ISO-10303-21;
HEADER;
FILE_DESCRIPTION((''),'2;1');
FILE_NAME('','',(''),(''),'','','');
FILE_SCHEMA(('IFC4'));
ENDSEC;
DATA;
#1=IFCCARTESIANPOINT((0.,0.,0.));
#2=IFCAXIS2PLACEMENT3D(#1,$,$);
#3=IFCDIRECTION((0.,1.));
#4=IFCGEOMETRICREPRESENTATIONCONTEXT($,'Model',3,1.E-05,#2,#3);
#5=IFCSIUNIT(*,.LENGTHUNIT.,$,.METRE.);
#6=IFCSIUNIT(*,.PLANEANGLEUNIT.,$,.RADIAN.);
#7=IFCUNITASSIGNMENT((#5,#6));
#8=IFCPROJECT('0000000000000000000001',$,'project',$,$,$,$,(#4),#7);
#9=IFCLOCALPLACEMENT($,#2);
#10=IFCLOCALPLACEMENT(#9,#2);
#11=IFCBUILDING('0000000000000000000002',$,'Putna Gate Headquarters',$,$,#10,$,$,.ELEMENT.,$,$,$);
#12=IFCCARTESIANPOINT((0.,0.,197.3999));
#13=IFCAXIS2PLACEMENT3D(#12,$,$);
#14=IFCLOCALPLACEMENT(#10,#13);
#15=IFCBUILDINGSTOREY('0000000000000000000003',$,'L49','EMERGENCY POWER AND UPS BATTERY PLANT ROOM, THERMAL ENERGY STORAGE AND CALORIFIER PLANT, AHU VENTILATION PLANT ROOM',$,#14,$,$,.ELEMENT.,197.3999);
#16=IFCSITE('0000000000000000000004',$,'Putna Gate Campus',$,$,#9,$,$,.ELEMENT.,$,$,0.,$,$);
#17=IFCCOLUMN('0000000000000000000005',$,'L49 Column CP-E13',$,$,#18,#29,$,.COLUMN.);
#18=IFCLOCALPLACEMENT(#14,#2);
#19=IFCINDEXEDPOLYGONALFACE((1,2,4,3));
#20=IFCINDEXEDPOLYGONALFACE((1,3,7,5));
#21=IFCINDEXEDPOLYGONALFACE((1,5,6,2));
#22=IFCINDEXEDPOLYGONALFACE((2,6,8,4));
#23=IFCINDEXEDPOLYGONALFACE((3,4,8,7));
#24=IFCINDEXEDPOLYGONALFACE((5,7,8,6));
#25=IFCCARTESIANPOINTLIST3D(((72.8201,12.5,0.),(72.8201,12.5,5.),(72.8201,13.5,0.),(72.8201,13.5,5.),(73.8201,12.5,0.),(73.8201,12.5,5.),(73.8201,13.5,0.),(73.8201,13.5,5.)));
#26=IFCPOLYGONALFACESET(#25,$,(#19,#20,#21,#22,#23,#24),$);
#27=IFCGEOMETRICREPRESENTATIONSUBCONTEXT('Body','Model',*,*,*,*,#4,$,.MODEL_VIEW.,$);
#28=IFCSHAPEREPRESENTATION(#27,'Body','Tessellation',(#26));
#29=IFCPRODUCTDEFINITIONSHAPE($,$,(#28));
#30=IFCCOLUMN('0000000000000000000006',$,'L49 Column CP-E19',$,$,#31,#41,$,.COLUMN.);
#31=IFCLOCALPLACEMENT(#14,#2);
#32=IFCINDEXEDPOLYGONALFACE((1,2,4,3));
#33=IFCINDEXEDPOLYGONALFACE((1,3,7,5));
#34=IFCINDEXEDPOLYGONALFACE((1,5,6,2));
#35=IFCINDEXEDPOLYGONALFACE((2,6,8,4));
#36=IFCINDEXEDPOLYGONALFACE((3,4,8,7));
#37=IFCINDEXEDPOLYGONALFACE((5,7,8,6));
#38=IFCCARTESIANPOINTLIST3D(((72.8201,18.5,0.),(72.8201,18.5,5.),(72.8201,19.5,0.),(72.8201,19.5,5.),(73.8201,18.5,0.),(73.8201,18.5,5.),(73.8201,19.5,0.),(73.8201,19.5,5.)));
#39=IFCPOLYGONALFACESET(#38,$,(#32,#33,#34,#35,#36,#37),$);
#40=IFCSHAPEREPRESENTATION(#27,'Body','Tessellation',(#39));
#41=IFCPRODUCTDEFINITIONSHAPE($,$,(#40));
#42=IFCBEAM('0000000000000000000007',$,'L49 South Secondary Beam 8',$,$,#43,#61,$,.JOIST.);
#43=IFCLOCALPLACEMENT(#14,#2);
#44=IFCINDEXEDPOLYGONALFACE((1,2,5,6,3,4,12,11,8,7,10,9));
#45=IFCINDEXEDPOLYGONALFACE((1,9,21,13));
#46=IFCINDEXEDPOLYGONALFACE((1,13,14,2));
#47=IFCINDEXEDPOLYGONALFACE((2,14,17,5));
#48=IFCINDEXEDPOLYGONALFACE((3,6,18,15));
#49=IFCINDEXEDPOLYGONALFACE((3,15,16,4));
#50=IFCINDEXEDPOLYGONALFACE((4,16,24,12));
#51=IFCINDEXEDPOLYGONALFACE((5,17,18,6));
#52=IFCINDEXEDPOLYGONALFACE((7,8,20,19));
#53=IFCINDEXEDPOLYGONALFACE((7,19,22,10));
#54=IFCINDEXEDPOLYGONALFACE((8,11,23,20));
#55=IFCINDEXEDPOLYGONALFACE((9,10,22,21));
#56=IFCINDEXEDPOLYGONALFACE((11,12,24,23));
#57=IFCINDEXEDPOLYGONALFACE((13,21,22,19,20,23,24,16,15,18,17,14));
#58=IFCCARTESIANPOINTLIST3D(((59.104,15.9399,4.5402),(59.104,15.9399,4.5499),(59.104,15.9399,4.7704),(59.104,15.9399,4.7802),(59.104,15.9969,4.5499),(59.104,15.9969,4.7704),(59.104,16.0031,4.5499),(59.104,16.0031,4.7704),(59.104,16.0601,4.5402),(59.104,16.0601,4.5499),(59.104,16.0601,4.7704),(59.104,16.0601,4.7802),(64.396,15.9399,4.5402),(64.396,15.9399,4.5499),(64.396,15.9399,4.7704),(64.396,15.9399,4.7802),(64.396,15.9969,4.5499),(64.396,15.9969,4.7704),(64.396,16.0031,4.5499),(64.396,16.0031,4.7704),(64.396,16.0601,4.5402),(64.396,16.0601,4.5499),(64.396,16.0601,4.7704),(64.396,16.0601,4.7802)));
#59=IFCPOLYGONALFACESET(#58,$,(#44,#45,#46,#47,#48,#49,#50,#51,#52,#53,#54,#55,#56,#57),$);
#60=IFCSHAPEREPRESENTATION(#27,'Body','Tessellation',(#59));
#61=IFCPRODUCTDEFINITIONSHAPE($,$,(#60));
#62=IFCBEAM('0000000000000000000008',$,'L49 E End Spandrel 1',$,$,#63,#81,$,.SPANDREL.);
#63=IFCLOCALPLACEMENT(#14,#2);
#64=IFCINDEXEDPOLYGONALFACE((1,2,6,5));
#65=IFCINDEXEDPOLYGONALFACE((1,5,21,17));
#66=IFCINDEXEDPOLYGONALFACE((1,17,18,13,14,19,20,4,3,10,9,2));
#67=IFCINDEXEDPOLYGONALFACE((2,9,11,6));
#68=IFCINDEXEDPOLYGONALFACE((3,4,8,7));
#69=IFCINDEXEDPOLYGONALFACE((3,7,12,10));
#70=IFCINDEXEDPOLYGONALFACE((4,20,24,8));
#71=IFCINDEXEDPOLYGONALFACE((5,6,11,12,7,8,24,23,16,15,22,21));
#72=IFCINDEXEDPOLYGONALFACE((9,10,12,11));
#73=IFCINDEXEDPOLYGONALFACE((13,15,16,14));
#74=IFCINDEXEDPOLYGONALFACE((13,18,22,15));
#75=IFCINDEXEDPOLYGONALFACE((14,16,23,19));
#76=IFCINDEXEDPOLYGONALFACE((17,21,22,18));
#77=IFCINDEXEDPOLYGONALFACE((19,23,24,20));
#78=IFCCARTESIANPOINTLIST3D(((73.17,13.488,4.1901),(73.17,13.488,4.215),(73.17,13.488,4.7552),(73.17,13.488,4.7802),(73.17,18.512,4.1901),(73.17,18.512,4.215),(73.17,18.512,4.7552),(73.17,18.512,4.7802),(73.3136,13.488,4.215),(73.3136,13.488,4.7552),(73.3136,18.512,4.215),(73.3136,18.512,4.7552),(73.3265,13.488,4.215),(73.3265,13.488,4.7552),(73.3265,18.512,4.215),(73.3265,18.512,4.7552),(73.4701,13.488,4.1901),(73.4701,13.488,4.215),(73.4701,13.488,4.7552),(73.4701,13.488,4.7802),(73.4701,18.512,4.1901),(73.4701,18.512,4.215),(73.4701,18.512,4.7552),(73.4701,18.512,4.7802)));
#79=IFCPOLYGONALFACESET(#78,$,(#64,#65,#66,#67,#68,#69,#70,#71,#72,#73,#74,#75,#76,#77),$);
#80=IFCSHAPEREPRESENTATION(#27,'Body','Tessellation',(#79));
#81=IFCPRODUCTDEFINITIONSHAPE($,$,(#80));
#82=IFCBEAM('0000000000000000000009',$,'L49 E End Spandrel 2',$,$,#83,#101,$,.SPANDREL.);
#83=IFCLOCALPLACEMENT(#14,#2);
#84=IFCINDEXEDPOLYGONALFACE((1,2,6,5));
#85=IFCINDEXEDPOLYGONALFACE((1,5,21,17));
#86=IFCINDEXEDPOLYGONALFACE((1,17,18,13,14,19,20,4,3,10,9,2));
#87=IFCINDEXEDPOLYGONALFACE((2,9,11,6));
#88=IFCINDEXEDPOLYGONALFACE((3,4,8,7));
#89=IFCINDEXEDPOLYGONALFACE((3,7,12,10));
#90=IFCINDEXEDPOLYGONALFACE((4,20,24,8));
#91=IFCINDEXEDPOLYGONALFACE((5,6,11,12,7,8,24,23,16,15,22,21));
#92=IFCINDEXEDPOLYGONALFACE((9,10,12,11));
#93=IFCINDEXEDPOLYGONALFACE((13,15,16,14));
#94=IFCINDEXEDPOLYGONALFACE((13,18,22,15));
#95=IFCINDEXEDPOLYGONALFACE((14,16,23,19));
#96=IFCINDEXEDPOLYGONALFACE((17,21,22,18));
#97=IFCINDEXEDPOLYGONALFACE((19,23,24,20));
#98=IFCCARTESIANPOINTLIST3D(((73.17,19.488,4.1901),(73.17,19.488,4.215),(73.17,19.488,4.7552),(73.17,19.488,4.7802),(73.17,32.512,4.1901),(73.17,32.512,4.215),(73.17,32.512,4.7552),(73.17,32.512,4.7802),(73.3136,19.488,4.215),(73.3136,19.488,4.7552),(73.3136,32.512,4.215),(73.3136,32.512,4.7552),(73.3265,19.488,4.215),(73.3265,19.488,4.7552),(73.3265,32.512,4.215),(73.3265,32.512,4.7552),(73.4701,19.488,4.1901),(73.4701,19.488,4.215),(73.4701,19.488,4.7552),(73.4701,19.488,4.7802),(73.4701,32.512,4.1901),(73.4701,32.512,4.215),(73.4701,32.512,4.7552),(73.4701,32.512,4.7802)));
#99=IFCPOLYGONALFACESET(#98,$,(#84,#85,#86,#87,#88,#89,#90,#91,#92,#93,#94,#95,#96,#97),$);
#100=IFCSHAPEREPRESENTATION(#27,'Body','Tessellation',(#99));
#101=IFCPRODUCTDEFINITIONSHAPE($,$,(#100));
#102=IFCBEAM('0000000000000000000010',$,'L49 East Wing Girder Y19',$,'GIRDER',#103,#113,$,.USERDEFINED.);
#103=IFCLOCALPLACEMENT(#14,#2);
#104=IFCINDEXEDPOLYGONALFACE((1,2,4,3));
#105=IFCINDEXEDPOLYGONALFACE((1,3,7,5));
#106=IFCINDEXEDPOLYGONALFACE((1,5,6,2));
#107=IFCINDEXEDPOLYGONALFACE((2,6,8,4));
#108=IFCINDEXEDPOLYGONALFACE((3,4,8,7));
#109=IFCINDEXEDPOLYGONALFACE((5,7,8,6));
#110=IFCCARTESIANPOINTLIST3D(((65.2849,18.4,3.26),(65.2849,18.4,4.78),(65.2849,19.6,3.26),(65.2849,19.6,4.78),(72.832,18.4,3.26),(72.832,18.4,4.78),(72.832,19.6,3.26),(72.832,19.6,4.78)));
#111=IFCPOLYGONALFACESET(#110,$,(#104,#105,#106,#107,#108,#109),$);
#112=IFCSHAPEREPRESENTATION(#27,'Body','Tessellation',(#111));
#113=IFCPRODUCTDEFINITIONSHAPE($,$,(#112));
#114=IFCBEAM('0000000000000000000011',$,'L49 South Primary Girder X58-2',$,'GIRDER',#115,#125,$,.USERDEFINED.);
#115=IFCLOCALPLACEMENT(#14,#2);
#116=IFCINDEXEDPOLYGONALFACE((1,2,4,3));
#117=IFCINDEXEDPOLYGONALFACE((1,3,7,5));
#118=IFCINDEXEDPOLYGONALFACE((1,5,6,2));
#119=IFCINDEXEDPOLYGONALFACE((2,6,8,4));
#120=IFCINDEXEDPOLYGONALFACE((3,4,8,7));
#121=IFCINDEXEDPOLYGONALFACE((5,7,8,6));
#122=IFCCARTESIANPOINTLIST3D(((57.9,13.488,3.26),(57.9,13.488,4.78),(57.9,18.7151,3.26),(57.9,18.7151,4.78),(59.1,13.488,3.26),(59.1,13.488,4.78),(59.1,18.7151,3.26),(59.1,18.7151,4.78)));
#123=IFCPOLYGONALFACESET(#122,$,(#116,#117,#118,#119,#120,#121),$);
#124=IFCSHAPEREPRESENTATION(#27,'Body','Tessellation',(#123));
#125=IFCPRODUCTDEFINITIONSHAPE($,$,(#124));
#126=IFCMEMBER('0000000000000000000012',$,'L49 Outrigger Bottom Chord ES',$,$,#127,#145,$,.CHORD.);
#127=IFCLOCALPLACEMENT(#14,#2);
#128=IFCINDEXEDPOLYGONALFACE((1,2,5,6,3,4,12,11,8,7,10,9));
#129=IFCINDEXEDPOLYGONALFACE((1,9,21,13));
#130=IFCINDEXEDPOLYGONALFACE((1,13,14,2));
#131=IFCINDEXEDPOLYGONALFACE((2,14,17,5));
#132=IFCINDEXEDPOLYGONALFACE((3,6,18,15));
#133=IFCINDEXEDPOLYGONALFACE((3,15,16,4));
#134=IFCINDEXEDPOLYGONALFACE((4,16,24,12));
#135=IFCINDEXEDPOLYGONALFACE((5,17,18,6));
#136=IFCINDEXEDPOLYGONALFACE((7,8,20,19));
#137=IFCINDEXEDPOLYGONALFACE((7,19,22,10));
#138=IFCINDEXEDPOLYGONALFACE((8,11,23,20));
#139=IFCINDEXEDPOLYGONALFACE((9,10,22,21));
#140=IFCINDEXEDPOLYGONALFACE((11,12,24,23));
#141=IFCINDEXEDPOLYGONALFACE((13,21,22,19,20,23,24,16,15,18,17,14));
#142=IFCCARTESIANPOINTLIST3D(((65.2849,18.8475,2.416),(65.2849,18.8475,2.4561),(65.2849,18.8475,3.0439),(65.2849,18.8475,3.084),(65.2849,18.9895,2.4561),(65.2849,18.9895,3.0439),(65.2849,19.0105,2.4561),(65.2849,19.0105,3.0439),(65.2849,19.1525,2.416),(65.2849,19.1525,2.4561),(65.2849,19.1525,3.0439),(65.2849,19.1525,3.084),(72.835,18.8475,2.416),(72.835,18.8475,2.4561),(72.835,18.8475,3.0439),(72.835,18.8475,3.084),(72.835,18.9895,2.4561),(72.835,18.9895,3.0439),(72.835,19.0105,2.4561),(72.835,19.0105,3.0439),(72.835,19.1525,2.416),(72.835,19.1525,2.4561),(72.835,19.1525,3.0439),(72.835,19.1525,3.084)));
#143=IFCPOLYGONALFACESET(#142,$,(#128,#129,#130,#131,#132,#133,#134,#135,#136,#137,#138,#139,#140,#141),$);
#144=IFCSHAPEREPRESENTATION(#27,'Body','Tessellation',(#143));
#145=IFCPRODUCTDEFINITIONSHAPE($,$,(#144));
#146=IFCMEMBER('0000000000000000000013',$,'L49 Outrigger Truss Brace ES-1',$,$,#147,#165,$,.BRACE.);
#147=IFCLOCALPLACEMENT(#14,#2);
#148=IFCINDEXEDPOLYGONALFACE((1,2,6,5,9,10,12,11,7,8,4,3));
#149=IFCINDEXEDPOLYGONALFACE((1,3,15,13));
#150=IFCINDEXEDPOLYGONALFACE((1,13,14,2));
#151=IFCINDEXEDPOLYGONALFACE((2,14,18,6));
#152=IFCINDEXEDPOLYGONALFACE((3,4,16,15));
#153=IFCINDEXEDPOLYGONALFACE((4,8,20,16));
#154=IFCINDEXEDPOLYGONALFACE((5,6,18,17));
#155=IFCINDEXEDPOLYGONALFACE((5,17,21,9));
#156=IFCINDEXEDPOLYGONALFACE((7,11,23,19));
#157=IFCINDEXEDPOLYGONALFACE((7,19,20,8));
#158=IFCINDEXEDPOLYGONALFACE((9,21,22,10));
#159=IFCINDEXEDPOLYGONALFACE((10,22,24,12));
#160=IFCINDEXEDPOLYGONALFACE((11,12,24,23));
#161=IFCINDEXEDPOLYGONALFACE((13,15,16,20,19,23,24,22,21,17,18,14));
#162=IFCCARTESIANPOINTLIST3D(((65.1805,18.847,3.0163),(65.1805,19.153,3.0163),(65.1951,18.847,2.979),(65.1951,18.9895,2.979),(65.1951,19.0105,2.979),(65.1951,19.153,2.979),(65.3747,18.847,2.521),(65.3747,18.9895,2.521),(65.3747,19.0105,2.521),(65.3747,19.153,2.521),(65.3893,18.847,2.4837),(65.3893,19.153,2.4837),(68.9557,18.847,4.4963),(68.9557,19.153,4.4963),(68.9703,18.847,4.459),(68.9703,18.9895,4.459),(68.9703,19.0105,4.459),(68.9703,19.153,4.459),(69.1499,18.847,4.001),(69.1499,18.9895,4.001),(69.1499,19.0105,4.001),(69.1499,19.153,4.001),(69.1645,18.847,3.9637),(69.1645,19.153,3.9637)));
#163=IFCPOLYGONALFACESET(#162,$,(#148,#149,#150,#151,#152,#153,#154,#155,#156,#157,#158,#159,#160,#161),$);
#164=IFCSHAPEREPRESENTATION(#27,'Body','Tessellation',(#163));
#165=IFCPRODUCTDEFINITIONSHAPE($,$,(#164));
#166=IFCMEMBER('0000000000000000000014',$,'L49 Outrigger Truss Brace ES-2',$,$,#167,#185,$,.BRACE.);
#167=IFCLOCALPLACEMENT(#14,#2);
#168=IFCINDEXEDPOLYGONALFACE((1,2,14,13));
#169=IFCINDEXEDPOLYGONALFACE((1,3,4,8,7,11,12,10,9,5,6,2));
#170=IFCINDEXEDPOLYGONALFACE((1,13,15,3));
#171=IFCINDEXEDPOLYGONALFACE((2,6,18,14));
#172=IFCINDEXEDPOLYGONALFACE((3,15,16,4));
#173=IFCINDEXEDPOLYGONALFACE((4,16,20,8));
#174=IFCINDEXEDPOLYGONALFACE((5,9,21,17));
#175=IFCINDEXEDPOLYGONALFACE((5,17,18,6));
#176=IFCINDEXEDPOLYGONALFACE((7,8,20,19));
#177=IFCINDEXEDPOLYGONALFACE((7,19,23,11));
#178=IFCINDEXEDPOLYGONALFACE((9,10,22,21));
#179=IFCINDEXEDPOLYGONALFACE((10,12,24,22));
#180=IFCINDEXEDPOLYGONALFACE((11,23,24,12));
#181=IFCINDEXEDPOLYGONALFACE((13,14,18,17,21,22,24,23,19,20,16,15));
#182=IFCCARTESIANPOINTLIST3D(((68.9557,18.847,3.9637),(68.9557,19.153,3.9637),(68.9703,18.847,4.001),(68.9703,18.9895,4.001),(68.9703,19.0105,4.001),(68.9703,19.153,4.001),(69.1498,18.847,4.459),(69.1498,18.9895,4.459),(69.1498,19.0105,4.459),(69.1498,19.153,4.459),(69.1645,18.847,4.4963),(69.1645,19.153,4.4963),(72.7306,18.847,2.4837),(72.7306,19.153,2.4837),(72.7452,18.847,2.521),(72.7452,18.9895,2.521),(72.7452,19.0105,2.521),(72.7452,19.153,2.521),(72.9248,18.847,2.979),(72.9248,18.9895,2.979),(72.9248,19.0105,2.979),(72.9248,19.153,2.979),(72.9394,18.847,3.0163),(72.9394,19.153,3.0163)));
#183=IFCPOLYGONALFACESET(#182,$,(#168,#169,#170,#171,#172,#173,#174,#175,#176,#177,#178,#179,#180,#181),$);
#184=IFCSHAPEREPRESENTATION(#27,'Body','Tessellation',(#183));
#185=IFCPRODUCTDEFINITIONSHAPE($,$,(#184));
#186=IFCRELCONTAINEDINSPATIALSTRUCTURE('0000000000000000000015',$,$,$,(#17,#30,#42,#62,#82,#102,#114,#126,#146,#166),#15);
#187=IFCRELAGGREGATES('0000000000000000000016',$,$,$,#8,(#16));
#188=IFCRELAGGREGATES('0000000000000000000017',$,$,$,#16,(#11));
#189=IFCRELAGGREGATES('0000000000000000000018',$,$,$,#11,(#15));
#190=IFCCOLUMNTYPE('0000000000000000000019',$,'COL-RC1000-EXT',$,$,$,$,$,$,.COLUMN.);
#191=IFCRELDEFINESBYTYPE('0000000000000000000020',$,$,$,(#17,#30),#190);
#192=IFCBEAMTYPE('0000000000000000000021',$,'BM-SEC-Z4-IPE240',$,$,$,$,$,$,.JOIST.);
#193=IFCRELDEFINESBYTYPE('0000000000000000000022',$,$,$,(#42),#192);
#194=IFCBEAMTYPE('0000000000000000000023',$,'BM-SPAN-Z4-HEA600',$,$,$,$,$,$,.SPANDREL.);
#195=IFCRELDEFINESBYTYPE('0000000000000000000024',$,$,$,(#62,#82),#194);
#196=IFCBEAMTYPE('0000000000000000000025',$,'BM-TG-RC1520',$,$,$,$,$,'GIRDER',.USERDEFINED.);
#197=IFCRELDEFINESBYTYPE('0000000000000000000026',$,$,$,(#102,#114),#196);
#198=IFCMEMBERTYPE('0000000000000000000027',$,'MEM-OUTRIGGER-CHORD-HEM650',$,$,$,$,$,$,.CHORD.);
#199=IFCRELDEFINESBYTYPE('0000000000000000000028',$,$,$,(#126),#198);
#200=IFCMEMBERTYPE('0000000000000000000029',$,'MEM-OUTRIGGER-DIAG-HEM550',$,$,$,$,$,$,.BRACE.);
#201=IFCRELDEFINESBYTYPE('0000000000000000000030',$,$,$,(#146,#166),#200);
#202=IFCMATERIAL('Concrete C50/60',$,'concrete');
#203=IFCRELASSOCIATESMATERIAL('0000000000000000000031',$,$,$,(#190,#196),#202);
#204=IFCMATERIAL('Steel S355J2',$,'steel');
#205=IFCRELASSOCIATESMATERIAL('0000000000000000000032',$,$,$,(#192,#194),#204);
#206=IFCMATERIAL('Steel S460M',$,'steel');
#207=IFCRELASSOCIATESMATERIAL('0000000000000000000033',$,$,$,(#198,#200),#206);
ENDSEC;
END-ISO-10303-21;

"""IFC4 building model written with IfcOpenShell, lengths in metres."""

from ifc_helpers import new_model, si_unit, direction, frame, origin, origin_2d, place, context, subcontext, project, spatial, rectangle, i_section, extrude, material, material_profile, profile_set, type_object, element, save


model = new_model("IFC4")

# Units and contexts
model_context = context("Model", 3, precision=1e-05, world=origin(), true_north=direction((0.0, 1.0)))
body_context = subcontext(model_context, "Body", "Model", "MODEL_VIEW")
ifc_project = project(units=[si_unit("LENGTHUNIT", "METRE"), si_unit("PLANEANGLEUNIT", "RADIAN")], contexts=[model_context])

# Site, building, storey
site_placement = place(None, origin())
site = spatial("IfcSite", under=ifc_project, at=site_placement, Name="Putna Gate Campus", CompositionType="ELEMENT", RefElevation=0.0)
building_placement = place(site_placement, origin())
building = spatial("IfcBuilding", under=site, at=building_placement, Name="Putna Gate Headquarters", CompositionType="ELEMENT")
storey_placement = place(building_placement, frame((0.0, 0.0, 197.3999)))
storey = spatial("IfcBuildingStorey", under=building, at=storey_placement, Name="L49", Description="EMERGENCY POWER AND UPS BATTERY PLANT ROOM, THERMAL ENERGY STORAGE AND CALORIFIER PLANT, AHU VENTILATION PLANT ROOM", CompositionType="ELEMENT", Elevation=197.3999)

# Columns
ifc_material_1 = material(Name="Concrete C50/60", Category="concrete")
ifc_material_profile_1 = material_profile(ifc_material_1, rectangle(XDim=1.0, YDim=1.0, at=origin_2d()), Name="Concrete C50/60")
ifc_profile_set_1 = profile_set([ifc_material_profile_1], Name="Concrete C50/60")
column_type = type_object("IfcColumnType", Name="COL-RC1000-EXT", PredefinedType="COLUMN", material=ifc_profile_set_1)
for number, where, z_axis, x_axis, name in (
    (1, (73.3201, 13.0, 0.0), (0.0, 0.0, 1.0), (1.0, 0.0, 0.0), "L49 Column CP-E13"),
    (2, (73.3201, 19.0, 0.0), (0.0, 0.0, 1.0), (1.0, 0.0, 0.0), "L49 Column CP-E19"),
):
    element("IfcColumn", number, at=place(storey_placement, frame(where, z_axis=z_axis, x_axis=x_axis)), inside=storey, type_object=column_type, Name=name, PredefinedType="COLUMN", context=body_context, shape_type="SweptSolid", body=[
        extrude(rectangle(XDim=1.0, YDim=1.0, at=origin_2d()), origin(), (0.0, 0.0, 1.0), 5.0),
    ])

# Beams
ifc_material_2 = material(Name="Steel S355J2", Category="steel")
ifc_material_profile_2 = material_profile(ifc_material_2, i_section(OverallWidth=0.1201, OverallDepth=0.24, WebThickness=0.0061, FlangeThickness=0.0098, at=origin_2d()), Name="Steel S355J2")
ifc_profile_set_2 = profile_set([ifc_material_profile_2], Name="Steel S355J2")
beam_type_1 = type_object("IfcBeamType", Name="BM-SEC-Z4-IPE240", PredefinedType="JOIST", material=ifc_profile_set_2)
beam_1_placement = place(storey_placement, frame((59.104, 16.0, 4.6602), z_axis=(1.0, 0.0, 0.0), x_axis=(0.0, 1.0, 0.0)))
element("IfcBeam", 3, at=beam_1_placement, inside=storey, type_object=beam_type_1, Name="L49 South Secondary Beam 8", PredefinedType="JOIST", context=body_context, shape_type="SweptSolid", body=[
    extrude(i_section(OverallWidth=0.1201, OverallDepth=0.24, WebThickness=0.0061, FlangeThickness=0.0098, at=origin_2d()), origin(), (0.0, 0.0, 1.0), 5.292),
])
ifc_material_profile_3 = material_profile(ifc_material_2, i_section(OverallWidth=0.3, OverallDepth=0.5901, WebThickness=0.0129, FlangeThickness=0.0249, at=origin_2d()), Name="Steel S355J2")
ifc_profile_set_3 = profile_set([ifc_material_profile_3], Name="Steel S355J2")
beam_type_2 = type_object("IfcBeamType", Name="BM-SPAN-Z4-HEA600", PredefinedType="SPANDREL", material=ifc_profile_set_3)
beam_2_placement = place(storey_placement, frame((73.3201, 13.488, 4.4851), z_axis=(0.0, 1.0, 0.0), x_axis=(-1.0, 0.0, 0.0)))
element("IfcBeam", 4, at=beam_2_placement, inside=storey, type_object=beam_type_2, Name="L49 E End Spandrel 1", PredefinedType="SPANDREL", context=body_context, shape_type="SweptSolid", body=[
    extrude(i_section(OverallWidth=0.3, OverallDepth=0.5901, WebThickness=0.0129, FlangeThickness=0.0249, at=origin_2d()), origin(), (0.0, 0.0, 1.0), 5.0239),
])
beam_3_placement = place(storey_placement, frame((73.3201, 19.488, 4.4851), z_axis=(0.0, 1.0, 0.0), x_axis=(-1.0, 0.0, 0.0)))
element("IfcBeam", 5, at=beam_3_placement, inside=storey, type_object=beam_type_2, Name="L49 E End Spandrel 2", PredefinedType="SPANDREL", context=body_context, shape_type="SweptSolid", body=[
    extrude(i_section(OverallWidth=0.3, OverallDepth=0.5901, WebThickness=0.0129, FlangeThickness=0.0249, at=origin_2d()), origin(), (0.0, 0.0, 1.0), 13.0239),
])
ifc_material_profile_4 = material_profile(ifc_material_1, rectangle(XDim=1.2, YDim=1.52, at=origin_2d()), Name="Concrete C50/60")
ifc_profile_set_4 = profile_set([ifc_material_profile_4], Name="Concrete C50/60")
beam_type_3 = type_object("IfcBeamType", Name="BM-TG-RC1520", ElementType="GIRDER", PredefinedType="USERDEFINED", material=ifc_profile_set_4)
beam_4_placement = place(storey_placement, frame((65.2849, 19.0, 4.02), z_axis=(1.0, 0.0, 0.0), x_axis=(0.0, 1.0, 0.0)))
element("IfcBeam", 6, at=beam_4_placement, inside=storey, type_object=beam_type_3, Name="L49 East Wing Girder Y19", ObjectType="GIRDER", PredefinedType="USERDEFINED", context=body_context, shape_type="SweptSolid", body=[
    extrude(rectangle(XDim=1.2, YDim=1.52, at=origin_2d()), origin(), (0.0, 0.0, 1.0), 7.5471),
])
beam_5_placement = place(storey_placement, frame((58.5, 13.488, 4.02), z_axis=(0.0, 1.0, 0.0), x_axis=(-1.0, 0.0, 0.0)))
element("IfcBeam", 7, at=beam_5_placement, inside=storey, type_object=beam_type_3, Name="L49 South Primary Girder X58-2", ObjectType="GIRDER", PredefinedType="USERDEFINED", context=body_context, shape_type="SweptSolid", body=[
    extrude(rectangle(XDim=1.2, YDim=1.52, at=origin_2d()), origin(), (0.0, 0.0, 1.0), 5.2271),
])

# Members
ifc_material_3 = material(Name="Steel S460M", Category="steel")
ifc_material_profile_5 = material_profile(ifc_material_3, i_section(OverallWidth=0.3049, OverallDepth=0.668, WebThickness=0.021, FlangeThickness=0.04, at=origin_2d()), Name="Steel S460M")
ifc_profile_set_5 = profile_set([ifc_material_profile_5], Name="Steel S460M")
member_type_1 = type_object("IfcMemberType", Name="MEM-OUTRIGGER-CHORD-HEM650", PredefinedType="CHORD", material=ifc_profile_set_5)
member_1_placement = place(storey_placement, frame((65.2849, 19.0, 2.75), z_axis=(1.0, 0.0, 0.0), x_axis=(0.0, 1.0, 0.0)))
element("IfcMember", 8, at=member_1_placement, inside=storey, type_object=member_type_1, Name="L49 Outrigger Bottom Chord ES", PredefinedType="CHORD", context=body_context, shape_type="SweptSolid", body=[
    extrude(i_section(OverallWidth=0.3049, OverallDepth=0.668, WebThickness=0.021, FlangeThickness=0.04, at=origin_2d()), origin(), (0.0, 0.0, 1.0), 7.55),
])
ifc_material_profile_6 = material_profile(ifc_material_3, i_section(OverallWidth=0.3059, OverallDepth=0.572, WebThickness=0.021, FlangeThickness=0.04, at=origin_2d()), Name="Steel S460M")
ifc_profile_set_6 = profile_set([ifc_material_profile_6], Name="Steel S460M")
member_type_2 = type_object("IfcMemberType", Name="MEM-OUTRIGGER-DIAG-HEM550", PredefinedType="BRACE", material=ifc_profile_set_6)
member_2_placement = place(storey_placement, frame((65.2849, 19.0, 2.75), z_axis=(0.931013, 0.0, 0.364987), x_axis=(0.0, 1.0, 0.0)))
element("IfcMember", 9, at=member_2_placement, inside=storey, type_object=member_type_2, Name="L49 Outrigger Truss Brace ES-1", PredefinedType="BRACE", context=body_context, shape_type="SweptSolid", body=[
    extrude(i_section(OverallWidth=0.3059, OverallDepth=0.572, WebThickness=0.021, FlangeThickness=0.04, at=origin_2d()), origin(), (0.0, 0.0, 1.0), 4.0549),
])
member_3_placement = place(storey_placement, frame((69.0601, 19.0, 4.23), z_axis=(0.931004, 0.0, -0.365008), x_axis=(0.0, 1.0, 0.0)))
element("IfcMember", 10, at=member_3_placement, inside=storey, type_object=member_type_2, Name="L49 Outrigger Truss Brace ES-2", PredefinedType="BRACE", context=body_context, shape_type="SweptSolid", body=[
    extrude(i_section(OverallWidth=0.3059, OverallDepth=0.572, WebThickness=0.021, FlangeThickness=0.04, at=origin_2d()), origin(), (0.0, 0.0, 1.0), 4.0547),
])

save(model, "model.ifc")
